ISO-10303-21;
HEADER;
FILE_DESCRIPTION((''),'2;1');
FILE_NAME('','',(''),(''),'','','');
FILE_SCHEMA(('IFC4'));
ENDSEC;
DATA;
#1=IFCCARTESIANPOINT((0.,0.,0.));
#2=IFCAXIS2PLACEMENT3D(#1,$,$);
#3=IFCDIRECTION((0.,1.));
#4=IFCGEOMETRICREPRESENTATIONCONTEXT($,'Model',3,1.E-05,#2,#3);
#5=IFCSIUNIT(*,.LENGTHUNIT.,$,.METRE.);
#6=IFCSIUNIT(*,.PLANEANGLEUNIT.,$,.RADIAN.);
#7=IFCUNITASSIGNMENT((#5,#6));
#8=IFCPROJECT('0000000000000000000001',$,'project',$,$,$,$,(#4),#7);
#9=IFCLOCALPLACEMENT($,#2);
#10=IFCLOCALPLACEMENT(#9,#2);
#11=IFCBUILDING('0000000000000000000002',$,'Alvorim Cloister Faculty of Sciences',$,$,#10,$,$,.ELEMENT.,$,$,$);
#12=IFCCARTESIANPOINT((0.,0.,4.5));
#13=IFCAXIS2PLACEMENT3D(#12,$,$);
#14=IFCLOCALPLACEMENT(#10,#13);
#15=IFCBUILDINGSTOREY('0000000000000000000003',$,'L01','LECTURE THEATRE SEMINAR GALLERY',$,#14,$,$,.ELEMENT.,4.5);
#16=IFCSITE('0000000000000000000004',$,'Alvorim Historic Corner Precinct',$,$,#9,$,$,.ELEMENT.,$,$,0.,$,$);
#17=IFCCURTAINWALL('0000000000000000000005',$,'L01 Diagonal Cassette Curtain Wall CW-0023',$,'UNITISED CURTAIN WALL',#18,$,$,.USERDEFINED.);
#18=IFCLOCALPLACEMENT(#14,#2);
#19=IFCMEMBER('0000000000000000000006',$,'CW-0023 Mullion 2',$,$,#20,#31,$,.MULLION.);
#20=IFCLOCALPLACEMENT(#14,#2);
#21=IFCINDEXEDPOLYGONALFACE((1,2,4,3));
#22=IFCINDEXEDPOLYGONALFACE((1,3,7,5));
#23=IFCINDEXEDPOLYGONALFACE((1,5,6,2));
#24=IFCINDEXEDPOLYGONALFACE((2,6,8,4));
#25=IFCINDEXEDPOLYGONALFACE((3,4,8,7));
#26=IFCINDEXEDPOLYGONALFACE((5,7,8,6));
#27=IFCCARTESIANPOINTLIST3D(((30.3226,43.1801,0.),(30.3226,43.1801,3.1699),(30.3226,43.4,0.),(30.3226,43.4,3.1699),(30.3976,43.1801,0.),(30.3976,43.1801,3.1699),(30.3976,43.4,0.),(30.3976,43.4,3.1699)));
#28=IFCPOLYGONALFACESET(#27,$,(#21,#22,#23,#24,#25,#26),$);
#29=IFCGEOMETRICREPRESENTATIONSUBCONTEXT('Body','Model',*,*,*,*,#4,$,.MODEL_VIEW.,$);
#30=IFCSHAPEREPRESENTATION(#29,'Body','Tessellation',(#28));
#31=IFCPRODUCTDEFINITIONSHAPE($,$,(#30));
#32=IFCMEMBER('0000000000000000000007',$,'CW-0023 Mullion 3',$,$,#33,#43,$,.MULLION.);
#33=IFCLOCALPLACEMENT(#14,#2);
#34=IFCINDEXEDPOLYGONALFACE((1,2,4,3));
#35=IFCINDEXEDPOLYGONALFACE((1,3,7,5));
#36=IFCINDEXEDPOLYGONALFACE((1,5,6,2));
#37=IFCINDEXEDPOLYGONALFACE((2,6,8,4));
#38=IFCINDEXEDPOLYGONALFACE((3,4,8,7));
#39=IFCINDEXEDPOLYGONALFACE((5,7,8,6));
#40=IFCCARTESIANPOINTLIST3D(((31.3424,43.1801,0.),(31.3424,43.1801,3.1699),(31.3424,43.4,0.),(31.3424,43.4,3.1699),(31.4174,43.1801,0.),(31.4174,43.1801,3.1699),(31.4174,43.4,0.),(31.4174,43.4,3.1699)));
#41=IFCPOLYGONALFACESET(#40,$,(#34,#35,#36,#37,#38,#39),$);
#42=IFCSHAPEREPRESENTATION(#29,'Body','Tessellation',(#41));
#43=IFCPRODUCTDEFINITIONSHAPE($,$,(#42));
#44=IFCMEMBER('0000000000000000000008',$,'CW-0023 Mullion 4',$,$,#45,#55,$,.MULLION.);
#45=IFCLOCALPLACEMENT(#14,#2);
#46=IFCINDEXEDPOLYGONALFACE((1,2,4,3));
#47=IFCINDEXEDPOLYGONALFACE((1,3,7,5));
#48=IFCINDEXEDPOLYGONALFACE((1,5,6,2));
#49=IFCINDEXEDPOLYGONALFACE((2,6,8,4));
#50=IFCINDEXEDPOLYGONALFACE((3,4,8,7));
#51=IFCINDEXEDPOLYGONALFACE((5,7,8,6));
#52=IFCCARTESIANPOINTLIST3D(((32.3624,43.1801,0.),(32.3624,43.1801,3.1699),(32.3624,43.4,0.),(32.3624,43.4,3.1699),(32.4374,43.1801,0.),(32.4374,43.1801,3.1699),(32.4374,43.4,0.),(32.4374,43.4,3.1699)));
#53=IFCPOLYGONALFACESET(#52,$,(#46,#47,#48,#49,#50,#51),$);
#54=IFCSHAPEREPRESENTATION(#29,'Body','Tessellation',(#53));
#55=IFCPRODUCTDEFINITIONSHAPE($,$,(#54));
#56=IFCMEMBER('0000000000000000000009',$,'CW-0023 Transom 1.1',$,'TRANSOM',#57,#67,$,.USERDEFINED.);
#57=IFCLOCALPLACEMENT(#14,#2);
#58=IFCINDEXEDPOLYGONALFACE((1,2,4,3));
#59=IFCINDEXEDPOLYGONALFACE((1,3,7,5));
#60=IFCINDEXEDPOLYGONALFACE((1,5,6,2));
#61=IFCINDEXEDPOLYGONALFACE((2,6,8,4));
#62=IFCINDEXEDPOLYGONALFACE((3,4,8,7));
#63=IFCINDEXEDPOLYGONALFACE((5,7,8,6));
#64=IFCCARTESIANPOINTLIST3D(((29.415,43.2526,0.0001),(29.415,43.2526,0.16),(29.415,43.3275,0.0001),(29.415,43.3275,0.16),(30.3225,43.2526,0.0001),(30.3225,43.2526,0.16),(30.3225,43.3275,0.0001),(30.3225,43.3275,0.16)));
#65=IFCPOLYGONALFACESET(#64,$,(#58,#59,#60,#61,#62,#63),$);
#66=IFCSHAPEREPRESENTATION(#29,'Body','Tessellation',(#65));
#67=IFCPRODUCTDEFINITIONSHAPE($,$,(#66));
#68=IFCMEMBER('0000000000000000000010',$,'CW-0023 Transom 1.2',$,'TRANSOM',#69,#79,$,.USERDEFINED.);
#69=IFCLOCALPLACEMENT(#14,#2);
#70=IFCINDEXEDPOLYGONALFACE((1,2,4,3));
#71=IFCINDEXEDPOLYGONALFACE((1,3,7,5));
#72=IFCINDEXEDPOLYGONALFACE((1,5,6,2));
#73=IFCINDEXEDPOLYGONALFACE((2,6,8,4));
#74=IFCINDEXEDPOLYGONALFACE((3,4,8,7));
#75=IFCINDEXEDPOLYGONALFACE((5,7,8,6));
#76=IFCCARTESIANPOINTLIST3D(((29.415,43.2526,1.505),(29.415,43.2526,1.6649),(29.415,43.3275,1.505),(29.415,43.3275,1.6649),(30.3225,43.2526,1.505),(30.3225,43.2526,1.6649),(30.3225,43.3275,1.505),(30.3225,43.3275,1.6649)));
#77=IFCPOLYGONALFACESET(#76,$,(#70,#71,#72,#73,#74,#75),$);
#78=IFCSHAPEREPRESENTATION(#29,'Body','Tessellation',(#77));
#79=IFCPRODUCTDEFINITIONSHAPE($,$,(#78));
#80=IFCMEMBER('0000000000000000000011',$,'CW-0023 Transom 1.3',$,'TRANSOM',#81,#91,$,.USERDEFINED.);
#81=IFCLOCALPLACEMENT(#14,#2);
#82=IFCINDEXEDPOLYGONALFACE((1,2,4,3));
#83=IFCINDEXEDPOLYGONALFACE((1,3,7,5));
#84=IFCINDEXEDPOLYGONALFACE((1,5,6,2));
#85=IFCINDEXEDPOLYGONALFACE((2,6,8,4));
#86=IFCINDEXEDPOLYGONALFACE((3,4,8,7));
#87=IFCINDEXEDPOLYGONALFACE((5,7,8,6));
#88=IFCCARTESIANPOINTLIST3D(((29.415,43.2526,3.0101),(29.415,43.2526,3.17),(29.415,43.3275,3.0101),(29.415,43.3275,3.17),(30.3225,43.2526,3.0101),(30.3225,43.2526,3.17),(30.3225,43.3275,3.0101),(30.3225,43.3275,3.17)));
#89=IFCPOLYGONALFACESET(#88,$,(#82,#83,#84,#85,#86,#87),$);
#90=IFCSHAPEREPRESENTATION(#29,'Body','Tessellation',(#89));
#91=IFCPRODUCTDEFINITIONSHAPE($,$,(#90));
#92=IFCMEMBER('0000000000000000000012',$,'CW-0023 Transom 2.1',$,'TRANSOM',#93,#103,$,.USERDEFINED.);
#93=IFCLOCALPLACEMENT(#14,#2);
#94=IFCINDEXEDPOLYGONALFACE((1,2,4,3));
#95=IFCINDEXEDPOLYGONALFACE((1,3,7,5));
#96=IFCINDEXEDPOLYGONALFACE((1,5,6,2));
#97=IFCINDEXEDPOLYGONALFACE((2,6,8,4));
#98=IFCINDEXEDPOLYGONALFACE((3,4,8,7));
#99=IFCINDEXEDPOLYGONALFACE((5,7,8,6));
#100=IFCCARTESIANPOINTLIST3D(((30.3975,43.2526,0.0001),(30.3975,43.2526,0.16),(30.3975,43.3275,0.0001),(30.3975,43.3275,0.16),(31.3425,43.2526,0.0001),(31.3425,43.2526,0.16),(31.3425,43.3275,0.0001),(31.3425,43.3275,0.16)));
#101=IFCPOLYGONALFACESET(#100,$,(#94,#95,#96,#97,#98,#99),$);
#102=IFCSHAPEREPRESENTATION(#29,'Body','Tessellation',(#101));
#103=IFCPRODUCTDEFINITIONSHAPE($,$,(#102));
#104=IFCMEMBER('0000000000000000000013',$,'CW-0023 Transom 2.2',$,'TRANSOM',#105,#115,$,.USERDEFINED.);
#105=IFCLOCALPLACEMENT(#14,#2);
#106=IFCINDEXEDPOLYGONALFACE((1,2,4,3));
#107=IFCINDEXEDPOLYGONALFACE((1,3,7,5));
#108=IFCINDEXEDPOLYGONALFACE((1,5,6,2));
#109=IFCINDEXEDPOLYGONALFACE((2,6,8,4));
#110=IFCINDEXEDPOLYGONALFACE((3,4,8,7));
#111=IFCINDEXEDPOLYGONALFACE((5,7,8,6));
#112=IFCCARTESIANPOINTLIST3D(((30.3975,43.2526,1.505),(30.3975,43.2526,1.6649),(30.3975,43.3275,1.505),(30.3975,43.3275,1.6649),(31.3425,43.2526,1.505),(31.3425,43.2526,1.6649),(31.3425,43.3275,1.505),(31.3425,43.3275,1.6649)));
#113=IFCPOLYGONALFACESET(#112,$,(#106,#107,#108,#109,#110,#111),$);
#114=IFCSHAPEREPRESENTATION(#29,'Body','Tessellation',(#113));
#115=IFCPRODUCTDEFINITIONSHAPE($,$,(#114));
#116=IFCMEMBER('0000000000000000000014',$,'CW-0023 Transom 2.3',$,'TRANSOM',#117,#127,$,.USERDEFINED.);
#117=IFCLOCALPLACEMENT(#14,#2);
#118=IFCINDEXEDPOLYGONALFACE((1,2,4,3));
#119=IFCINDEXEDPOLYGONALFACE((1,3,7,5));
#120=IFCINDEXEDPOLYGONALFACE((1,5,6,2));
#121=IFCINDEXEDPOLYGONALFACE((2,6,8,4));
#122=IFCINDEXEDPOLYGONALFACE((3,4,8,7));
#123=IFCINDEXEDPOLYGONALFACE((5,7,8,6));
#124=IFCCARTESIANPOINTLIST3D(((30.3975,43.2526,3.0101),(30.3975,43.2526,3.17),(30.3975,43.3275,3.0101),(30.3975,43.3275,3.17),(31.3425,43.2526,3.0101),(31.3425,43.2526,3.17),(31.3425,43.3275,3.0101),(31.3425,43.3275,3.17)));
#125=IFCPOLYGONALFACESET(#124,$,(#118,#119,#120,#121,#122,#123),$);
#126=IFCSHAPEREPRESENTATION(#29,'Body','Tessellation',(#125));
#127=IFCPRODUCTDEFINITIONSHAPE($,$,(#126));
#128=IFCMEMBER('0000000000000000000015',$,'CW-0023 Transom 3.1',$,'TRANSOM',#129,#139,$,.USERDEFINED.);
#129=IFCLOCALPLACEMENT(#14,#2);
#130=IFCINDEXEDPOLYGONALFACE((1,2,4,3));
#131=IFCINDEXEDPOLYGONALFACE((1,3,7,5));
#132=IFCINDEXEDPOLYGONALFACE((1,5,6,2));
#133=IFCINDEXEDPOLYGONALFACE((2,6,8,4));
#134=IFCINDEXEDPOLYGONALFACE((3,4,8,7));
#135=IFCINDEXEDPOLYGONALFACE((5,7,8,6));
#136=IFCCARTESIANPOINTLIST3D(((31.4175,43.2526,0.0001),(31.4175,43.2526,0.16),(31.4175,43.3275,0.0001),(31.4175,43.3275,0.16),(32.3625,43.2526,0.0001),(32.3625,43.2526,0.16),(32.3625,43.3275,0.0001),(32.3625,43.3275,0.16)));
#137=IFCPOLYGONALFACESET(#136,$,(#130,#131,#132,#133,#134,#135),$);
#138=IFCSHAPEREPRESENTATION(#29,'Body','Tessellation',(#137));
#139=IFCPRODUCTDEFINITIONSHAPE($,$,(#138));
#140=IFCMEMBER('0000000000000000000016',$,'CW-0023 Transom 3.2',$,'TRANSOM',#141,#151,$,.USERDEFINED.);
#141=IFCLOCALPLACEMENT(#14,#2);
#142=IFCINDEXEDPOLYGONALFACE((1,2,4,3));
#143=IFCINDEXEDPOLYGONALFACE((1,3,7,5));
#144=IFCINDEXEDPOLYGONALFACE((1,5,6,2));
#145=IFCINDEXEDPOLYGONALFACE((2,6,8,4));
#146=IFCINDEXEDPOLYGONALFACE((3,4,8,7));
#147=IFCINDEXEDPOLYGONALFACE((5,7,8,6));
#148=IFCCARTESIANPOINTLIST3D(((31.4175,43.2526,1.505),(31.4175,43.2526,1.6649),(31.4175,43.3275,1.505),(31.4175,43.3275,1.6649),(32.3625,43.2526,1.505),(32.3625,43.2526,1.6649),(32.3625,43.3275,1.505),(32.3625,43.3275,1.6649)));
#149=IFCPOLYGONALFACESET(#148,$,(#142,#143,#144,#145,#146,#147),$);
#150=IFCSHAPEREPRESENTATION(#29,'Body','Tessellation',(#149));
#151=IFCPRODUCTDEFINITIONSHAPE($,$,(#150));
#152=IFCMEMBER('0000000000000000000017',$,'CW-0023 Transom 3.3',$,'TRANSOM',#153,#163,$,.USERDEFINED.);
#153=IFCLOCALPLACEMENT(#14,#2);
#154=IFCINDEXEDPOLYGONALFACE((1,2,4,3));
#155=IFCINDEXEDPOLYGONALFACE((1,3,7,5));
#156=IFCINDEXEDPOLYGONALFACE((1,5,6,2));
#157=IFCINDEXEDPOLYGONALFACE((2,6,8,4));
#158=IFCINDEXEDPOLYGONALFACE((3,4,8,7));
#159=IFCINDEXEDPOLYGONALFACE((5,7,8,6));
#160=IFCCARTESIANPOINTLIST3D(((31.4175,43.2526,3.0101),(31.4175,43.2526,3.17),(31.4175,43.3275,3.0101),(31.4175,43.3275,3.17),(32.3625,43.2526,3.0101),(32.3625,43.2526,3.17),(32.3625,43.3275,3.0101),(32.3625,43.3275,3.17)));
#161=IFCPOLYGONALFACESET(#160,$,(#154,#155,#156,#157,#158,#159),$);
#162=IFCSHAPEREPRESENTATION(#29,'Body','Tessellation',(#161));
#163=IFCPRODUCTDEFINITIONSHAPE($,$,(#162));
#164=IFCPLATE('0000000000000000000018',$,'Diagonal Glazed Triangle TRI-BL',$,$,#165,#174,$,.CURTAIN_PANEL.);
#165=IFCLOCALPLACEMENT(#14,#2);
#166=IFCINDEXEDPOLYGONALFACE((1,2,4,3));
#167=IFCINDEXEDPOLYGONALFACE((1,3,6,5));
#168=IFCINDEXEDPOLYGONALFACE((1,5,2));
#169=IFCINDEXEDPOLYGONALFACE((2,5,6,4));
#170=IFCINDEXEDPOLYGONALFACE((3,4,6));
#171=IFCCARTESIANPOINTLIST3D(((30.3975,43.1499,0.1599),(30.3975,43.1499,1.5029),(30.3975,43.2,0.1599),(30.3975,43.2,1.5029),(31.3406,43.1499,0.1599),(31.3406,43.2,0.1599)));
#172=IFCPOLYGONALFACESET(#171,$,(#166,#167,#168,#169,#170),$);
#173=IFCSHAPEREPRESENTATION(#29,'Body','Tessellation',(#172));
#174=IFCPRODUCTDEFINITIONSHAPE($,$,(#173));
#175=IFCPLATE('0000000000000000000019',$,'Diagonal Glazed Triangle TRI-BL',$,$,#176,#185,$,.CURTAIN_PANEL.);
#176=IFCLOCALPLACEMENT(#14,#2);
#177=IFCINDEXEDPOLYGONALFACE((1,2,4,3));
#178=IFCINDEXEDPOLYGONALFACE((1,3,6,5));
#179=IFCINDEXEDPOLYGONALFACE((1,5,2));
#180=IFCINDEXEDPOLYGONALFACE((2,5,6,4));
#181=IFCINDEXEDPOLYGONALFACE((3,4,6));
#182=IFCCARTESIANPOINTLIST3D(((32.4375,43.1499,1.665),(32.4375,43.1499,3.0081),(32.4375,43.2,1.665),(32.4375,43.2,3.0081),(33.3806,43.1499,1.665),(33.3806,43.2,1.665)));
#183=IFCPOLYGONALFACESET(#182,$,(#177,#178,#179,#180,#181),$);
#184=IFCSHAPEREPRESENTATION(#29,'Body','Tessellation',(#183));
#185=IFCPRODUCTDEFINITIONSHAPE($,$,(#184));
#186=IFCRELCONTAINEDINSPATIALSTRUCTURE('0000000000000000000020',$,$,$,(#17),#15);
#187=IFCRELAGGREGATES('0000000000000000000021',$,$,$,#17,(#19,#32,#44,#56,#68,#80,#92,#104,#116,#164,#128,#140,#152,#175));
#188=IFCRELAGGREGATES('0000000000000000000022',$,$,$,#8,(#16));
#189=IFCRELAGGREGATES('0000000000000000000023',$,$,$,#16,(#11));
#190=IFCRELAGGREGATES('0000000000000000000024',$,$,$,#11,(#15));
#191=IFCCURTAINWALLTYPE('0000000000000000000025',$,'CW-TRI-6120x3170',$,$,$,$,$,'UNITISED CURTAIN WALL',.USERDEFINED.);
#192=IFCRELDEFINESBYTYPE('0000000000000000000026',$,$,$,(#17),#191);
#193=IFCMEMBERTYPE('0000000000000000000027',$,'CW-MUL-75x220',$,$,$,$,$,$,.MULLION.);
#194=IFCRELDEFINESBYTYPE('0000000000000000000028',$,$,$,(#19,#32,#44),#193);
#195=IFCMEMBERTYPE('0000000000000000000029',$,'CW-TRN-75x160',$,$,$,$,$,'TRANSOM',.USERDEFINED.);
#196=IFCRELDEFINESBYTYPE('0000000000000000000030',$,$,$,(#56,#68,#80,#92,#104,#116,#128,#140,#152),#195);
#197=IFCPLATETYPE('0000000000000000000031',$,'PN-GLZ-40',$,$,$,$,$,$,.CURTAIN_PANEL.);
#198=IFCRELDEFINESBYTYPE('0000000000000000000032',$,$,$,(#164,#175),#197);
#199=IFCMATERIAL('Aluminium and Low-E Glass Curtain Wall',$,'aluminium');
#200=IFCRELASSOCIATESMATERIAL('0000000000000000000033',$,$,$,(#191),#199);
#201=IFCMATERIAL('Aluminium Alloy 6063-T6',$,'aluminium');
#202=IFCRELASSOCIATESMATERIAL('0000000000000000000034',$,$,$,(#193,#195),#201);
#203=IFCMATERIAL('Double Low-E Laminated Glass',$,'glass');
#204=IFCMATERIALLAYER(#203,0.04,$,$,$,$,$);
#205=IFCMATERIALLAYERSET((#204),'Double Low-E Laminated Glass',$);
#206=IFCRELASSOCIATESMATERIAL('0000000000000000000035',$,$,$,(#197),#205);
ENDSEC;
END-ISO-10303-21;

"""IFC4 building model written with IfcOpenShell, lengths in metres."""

from ifc_helpers import new_model, si_unit, direction, frame, origin, origin_2d, place, context, subcontext, project, spatial, polyline, rectangle, outline, extrude, material, layer, layer_set, material_profile, profile_set, type_object, element, aggregate, save


model = new_model("IFC4")

# Units and contexts
model_context = context("Model", 3, precision=1e-05, world=origin(), true_north=direction((0.0, 1.0)))
body_context = subcontext(model_context, "Body", "Model", "MODEL_VIEW")
ifc_project = project(units=[si_unit("LENGTHUNIT", "METRE"), si_unit("PLANEANGLEUNIT", "RADIAN")], contexts=[model_context])

# Site, building, storey
site_placement = place(None, origin())
site = spatial("IfcSite", under=ifc_project, at=site_placement, Name="Alvorim Historic Corner Precinct", CompositionType="ELEMENT", RefElevation=0.0)
building_placement = place(site_placement, origin())
building = spatial("IfcBuilding", under=site, at=building_placement, Name="Alvorim Cloister Faculty of Sciences", CompositionType="ELEMENT")
storey_placement = place(building_placement, frame((0.0, 0.0, 4.5)))
storey = spatial("IfcBuildingStorey", under=building, at=storey_placement, Name="L01", Description="LECTURE THEATRE SEMINAR GALLERY", CompositionType="ELEMENT", Elevation=4.5)

# Curtain wall, members, plates
ifc_material_1 = material(Name="Aluminium and Low-E Glass Curtain Wall", Category="aluminium")
curtain_wall_type = type_object("IfcCurtainWallType", Name="CW-TRI-6120x3170", ElementType="UNITISED CURTAIN WALL", PredefinedType="USERDEFINED", material=ifc_material_1)
curtain_wall_placement = place(storey_placement, origin())
curtain_wall = element("IfcCurtainWall", 1, at=curtain_wall_placement, inside=storey, type_object=curtain_wall_type, Name="L01 Diagonal Cassette Curtain Wall CW-0023", ObjectType="UNITISED CURTAIN WALL", PredefinedType="USERDEFINED")
ifc_material_2 = material(Name="Aluminium Alloy 6063-T6", Category="aluminium")
ifc_material_profile_1 = material_profile(ifc_material_2, rectangle(XDim=0.075, YDim=0.22, at=origin_2d()), Name="ALU-MUL-75x220")
ifc_profile_set_1 = profile_set([ifc_material_profile_1], Name="Aluminium Alloy 6063-T6")
member_type_1 = type_object("IfcMemberType", Name="CW-MUL-75x220", PredefinedType="MULLION", material=ifc_profile_set_1)
member_1_placement = place(storey_placement, frame((30.3601, 43.29, 0.0), z_axis=(0.0, 0.0, 1.0), x_axis=(1.0, 0.0, 0.0)))
member_1 = element("IfcMember", 2, at=member_1_placement, type_object=member_type_1, Name="CW-0023 Mullion 2", PredefinedType="MULLION", context=body_context, shape_type="SweptSolid", body=[
    extrude(rectangle(XDim=0.075, YDim=0.22, at=origin_2d()), origin(), (0.0, 0.0, 1.0), 3.1699),
])
member_2_placement = place(storey_placement, frame((31.3799, 43.29, 0.0), z_axis=(0.0, 0.0, 1.0), x_axis=(1.0, 0.0, 0.0)))
member_2 = element("IfcMember", 3, at=member_2_placement, type_object=member_type_1, Name="CW-0023 Mullion 3", PredefinedType="MULLION", context=body_context, shape_type="SweptSolid", body=[
    extrude(rectangle(XDim=0.075, YDim=0.22, at=origin_2d()), origin(), (0.0, 0.0, 1.0), 3.1699),
])
member_3_placement = place(storey_placement, frame((32.3999, 43.29, 0.0), z_axis=(0.0, 0.0, 1.0), x_axis=(1.0, 0.0, 0.0)))
member_3 = element("IfcMember", 4, at=member_3_placement, type_object=member_type_1, Name="CW-0023 Mullion 4", PredefinedType="MULLION", context=body_context, shape_type="SweptSolid", body=[
    extrude(rectangle(XDim=0.075, YDim=0.22, at=origin_2d()), origin(), (0.0, 0.0, 1.0), 3.1699),
])
ifc_material_profile_2 = material_profile(ifc_material_2, rectangle(XDim=0.075, YDim=0.1599, at=origin_2d()), Name="ALU-TRN-75x160")
ifc_profile_set_2 = profile_set([ifc_material_profile_2], Name="Aluminium Alloy 6063-T6")
member_type_2 = type_object("IfcMemberType", Name="CW-TRN-75x160", ElementType="TRANSOM", PredefinedType="USERDEFINED", material=ifc_profile_set_2)
member_4_placement = place(storey_placement, frame((29.415, 43.29, 0.0801), z_axis=(1.0, 0.0, 0.0), x_axis=(0.0, 1.0, 0.0)))
member_4 = element("IfcMember", 5, at=member_4_placement, type_object=member_type_2, Name="CW-0023 Transom 1.1", ObjectType="TRANSOM", PredefinedType="USERDEFINED", context=body_context, shape_type="SweptSolid", body=[
    extrude(rectangle(XDim=0.075, YDim=0.1599, at=origin_2d()), origin(), (0.0, 0.0, 1.0), 0.9075),
])
member_5_placement = place(storey_placement, frame((29.415, 43.29, 1.585), z_axis=(1.0, 0.0, 0.0), x_axis=(0.0, 1.0, 0.0)))
member_5 = element("IfcMember", 6, at=member_5_placement, type_object=member_type_2, Name="CW-0023 Transom 1.2", ObjectType="TRANSOM", PredefinedType="USERDEFINED", context=body_context, shape_type="SweptSolid", body=[
    extrude(rectangle(XDim=0.075, YDim=0.1599, at=origin_2d()), origin(), (0.0, 0.0, 1.0), 0.9075),
])
member_6_placement = place(storey_placement, frame((29.415, 43.29, 3.0901), z_axis=(1.0, 0.0, 0.0), x_axis=(0.0, 1.0, 0.0)))
member_6 = element("IfcMember", 7, at=member_6_placement, type_object=member_type_2, Name="CW-0023 Transom 1.3", ObjectType="TRANSOM", PredefinedType="USERDEFINED", context=body_context, shape_type="SweptSolid", body=[
    extrude(rectangle(XDim=0.075, YDim=0.1599, at=origin_2d()), origin(), (0.0, 0.0, 1.0), 0.9075),
])
member_7_placement = place(storey_placement, frame((30.3975, 43.29, 0.0801), z_axis=(1.0, 0.0, 0.0), x_axis=(0.0, 1.0, 0.0)))
member_7 = element("IfcMember", 8, at=member_7_placement, type_object=member_type_2, Name="CW-0023 Transom 2.1", ObjectType="TRANSOM", PredefinedType="USERDEFINED", context=body_context, shape_type="SweptSolid", body=[
    extrude(rectangle(XDim=0.075, YDim=0.1599, at=origin_2d()), origin(), (0.0, 0.0, 1.0), 0.9451),
])
member_8_placement = place(storey_placement, frame((30.3975, 43.29, 1.585), z_axis=(1.0, 0.0, 0.0), x_axis=(0.0, 1.0, 0.0)))
member_8 = element("IfcMember", 9, at=member_8_placement, type_object=member_type_2, Name="CW-0023 Transom 2.2", ObjectType="TRANSOM", PredefinedType="USERDEFINED", context=body_context, shape_type="SweptSolid", body=[
    extrude(rectangle(XDim=0.075, YDim=0.1599, at=origin_2d()), origin(), (0.0, 0.0, 1.0), 0.9451),
])
member_9_placement = place(storey_placement, frame((30.3975, 43.29, 3.0901), z_axis=(1.0, 0.0, 0.0), x_axis=(0.0, 1.0, 0.0)))
member_9 = element("IfcMember", 10, at=member_9_placement, type_object=member_type_2, Name="CW-0023 Transom 2.3", ObjectType="TRANSOM", PredefinedType="USERDEFINED", context=body_context, shape_type="SweptSolid", body=[
    extrude(rectangle(XDim=0.075, YDim=0.1599, at=origin_2d()), origin(), (0.0, 0.0, 1.0), 0.9451),
])
member_10_placement = place(storey_placement, frame((31.4175, 43.29, 0.0801), z_axis=(1.0, 0.0, 0.0), x_axis=(0.0, 1.0, 0.0)))
member_10 = element("IfcMember", 11, at=member_10_placement, type_object=member_type_2, Name="CW-0023 Transom 3.1", ObjectType="TRANSOM", PredefinedType="USERDEFINED", context=body_context, shape_type="SweptSolid", body=[
    extrude(rectangle(XDim=0.075, YDim=0.1599, at=origin_2d()), origin(), (0.0, 0.0, 1.0), 0.9451),
])
member_11_placement = place(storey_placement, frame((31.4175, 43.29, 1.585), z_axis=(1.0, 0.0, 0.0), x_axis=(0.0, 1.0, 0.0)))
member_11 = element("IfcMember", 12, at=member_11_placement, type_object=member_type_2, Name="CW-0023 Transom 3.2", ObjectType="TRANSOM", PredefinedType="USERDEFINED", context=body_context, shape_type="SweptSolid", body=[
    extrude(rectangle(XDim=0.075, YDim=0.1599, at=origin_2d()), origin(), (0.0, 0.0, 1.0), 0.9451),
])
member_12_placement = place(storey_placement, frame((31.4175, 43.29, 3.0901), z_axis=(1.0, 0.0, 0.0), x_axis=(0.0, 1.0, 0.0)))
member_12 = element("IfcMember", 13, at=member_12_placement, type_object=member_type_2, Name="CW-0023 Transom 3.3", ObjectType="TRANSOM", PredefinedType="USERDEFINED", context=body_context, shape_type="SweptSolid", body=[
    extrude(rectangle(XDim=0.075, YDim=0.1599, at=origin_2d()), origin(), (0.0, 0.0, 1.0), 0.9451),
])
ifc_material_3 = material(Name="Double Low-E Laminated Glass", Category="glass")
ifc_layer = layer(ifc_material_3, 0.04)
ifc_layer_set = layer_set([ifc_layer], Name="Double Low-E Laminated Glass")
plate_type = type_object("IfcPlateType", Name="PN-GLZ-40", PredefinedType="CURTAIN_PANEL", material=ifc_layer_set)
plate_1_placement = place(storey_placement, frame((30.3975, 43.175, 0.1599), z_axis=(0.0, 0.0, 1.0), x_axis=(1.0, 0.0, 0.0)))
plate_1 = element("IfcPlate", 14, at=plate_1_placement, type_object=plate_type, Name="Diagonal Glazed Triangle TRI-BL", PredefinedType="CURTAIN_PANEL", context=body_context, shape_type="SweptSolid", body=[
    extrude(outline(polyline([(0.0, 0.0), (0.9431, 0.0), (0.0, 1.343), (0.0, 0.0)])), frame((0.0, 0.0249, 0.0), z_axis=(0.0, -1.0, 0.0), x_axis=(1.0, 0.0, 0.0)), (0.0, 0.0, 1.0), 0.05),
])
plate_2_placement = place(storey_placement, frame((32.4375, 43.175, 1.665), z_axis=(0.0, 0.0, 1.0), x_axis=(1.0, 0.0, 0.0)))
plate_2 = element("IfcPlate", 15, at=plate_2_placement, type_object=plate_type, Name="Diagonal Glazed Triangle TRI-BL", PredefinedType="CURTAIN_PANEL", context=body_context, shape_type="SweptSolid", body=[
    extrude(outline(polyline([(0.0, 0.0), (0.9431, 0.0), (0.0, 1.343), (0.0, 0.0)])), frame((0.0, 0.0249, 0.0), z_axis=(0.0, -1.0, 0.0), x_axis=(1.0, 0.0, 0.0)), (0.0, 0.0, 1.0), 0.05),
])
aggregate(curtain_wall, [member_1, member_2, member_3, member_4, member_5, member_6, member_7, member_8, member_9, plate_1, member_10, member_11, member_12, plate_2])

save(model, "model.ifc")
